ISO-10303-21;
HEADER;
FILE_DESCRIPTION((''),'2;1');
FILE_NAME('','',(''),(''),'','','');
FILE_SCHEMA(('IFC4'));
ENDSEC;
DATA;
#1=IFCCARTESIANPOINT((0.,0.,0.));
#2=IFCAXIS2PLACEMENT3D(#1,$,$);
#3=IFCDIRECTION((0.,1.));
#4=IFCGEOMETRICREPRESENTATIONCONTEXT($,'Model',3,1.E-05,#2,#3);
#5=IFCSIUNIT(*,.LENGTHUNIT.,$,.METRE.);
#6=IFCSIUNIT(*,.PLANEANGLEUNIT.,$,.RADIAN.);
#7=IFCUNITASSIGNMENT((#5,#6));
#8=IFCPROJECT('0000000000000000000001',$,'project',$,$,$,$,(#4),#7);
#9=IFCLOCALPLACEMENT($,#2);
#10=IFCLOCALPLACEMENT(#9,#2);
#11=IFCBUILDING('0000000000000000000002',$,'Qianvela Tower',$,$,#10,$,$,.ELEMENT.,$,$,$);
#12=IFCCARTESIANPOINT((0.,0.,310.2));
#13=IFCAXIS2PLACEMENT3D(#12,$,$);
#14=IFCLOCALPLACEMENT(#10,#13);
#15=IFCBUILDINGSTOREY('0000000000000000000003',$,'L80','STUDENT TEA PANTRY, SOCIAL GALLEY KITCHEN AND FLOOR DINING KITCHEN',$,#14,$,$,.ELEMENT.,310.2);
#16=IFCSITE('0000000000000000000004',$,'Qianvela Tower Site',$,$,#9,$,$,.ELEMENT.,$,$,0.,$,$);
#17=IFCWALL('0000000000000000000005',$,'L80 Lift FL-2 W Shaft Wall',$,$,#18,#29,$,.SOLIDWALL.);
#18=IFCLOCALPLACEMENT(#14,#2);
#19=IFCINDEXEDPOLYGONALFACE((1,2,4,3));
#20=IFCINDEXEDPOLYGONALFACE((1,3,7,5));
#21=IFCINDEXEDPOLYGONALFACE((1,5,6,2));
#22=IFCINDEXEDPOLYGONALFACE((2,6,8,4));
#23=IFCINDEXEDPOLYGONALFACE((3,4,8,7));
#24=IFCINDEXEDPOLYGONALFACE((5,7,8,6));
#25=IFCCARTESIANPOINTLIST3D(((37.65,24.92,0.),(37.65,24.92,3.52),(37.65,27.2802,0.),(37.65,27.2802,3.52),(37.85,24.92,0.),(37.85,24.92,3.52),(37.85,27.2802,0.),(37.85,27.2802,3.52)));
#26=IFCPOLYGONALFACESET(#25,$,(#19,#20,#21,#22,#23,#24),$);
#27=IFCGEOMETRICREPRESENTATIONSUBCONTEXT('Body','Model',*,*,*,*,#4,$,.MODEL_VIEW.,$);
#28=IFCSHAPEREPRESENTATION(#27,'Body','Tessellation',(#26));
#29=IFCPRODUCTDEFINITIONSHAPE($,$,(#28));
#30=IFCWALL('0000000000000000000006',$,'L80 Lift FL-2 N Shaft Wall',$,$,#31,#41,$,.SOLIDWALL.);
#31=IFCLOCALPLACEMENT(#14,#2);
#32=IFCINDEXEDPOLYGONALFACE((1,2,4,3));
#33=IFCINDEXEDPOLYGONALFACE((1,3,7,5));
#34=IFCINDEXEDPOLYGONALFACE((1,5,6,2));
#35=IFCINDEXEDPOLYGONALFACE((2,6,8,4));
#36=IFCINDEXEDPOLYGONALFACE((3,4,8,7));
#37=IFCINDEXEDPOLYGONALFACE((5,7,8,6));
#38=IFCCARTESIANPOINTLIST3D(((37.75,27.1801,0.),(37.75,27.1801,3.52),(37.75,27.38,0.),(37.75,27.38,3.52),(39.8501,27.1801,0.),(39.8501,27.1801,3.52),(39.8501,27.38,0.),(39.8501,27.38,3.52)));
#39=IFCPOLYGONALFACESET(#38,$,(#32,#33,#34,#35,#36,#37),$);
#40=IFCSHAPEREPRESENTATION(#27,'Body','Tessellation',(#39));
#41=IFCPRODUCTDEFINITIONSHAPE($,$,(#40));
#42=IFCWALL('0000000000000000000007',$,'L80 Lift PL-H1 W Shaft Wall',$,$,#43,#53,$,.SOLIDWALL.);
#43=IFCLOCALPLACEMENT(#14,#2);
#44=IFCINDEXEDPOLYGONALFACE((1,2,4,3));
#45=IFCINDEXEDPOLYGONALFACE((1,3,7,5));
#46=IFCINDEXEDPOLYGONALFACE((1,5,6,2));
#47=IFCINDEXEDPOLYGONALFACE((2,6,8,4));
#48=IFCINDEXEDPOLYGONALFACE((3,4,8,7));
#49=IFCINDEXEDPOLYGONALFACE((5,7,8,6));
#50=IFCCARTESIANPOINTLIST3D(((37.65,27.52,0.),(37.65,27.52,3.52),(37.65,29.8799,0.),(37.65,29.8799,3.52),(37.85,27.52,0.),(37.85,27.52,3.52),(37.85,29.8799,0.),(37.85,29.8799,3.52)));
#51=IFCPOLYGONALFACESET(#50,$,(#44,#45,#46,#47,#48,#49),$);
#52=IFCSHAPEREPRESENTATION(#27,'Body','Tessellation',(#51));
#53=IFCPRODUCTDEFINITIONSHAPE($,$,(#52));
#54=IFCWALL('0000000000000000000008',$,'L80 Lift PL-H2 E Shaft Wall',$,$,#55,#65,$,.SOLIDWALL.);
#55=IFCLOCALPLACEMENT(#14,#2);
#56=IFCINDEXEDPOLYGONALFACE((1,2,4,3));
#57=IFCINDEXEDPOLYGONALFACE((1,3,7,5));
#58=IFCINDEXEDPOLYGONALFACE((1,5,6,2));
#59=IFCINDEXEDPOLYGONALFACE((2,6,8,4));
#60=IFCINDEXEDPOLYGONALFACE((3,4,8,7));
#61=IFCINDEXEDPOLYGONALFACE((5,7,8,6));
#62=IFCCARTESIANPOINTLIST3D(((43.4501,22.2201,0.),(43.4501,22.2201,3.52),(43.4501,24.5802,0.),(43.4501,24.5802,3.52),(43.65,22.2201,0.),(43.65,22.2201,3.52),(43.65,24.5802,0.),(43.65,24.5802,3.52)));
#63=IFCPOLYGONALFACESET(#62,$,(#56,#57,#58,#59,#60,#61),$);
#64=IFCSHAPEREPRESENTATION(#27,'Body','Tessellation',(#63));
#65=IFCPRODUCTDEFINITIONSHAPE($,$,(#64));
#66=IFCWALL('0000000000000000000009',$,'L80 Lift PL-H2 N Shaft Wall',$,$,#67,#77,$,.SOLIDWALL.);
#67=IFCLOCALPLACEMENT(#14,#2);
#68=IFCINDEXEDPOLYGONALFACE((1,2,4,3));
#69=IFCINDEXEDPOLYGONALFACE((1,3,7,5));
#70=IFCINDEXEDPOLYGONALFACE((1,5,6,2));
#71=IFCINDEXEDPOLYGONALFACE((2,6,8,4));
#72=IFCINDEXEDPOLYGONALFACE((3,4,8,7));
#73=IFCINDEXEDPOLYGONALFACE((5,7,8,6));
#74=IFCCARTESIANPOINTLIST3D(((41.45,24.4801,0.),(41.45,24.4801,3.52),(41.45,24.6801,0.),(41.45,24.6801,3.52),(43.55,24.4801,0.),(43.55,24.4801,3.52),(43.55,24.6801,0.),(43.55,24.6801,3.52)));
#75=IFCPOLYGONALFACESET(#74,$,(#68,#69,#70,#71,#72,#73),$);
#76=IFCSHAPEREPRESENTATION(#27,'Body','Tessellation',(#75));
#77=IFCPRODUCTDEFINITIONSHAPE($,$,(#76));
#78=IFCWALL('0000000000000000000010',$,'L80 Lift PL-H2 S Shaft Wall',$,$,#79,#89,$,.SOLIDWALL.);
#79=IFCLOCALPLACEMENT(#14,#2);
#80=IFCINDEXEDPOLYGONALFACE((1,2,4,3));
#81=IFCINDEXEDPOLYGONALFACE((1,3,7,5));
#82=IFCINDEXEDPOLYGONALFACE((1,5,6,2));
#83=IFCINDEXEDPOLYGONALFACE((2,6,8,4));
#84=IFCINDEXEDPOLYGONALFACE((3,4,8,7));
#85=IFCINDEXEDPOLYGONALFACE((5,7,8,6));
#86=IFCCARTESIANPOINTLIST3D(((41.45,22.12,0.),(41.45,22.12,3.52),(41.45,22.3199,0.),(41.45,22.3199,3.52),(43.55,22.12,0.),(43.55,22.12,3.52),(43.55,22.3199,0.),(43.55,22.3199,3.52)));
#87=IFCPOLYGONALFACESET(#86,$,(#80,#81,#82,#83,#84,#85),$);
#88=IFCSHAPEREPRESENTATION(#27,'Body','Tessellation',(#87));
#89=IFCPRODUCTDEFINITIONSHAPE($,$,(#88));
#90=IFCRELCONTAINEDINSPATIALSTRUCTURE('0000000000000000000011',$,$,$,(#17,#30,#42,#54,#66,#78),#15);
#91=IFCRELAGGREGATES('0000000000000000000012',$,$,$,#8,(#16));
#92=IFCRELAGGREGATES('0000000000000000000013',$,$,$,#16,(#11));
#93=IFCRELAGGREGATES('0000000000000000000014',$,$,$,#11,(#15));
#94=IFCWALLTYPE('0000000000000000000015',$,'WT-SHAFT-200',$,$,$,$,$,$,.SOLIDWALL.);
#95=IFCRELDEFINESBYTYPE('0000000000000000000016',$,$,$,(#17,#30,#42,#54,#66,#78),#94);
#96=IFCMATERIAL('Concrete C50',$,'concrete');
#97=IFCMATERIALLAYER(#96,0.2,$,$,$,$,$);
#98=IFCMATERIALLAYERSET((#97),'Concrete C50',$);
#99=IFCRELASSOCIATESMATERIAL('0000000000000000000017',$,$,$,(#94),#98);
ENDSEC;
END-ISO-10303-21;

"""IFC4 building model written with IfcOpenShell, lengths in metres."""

from ifc_helpers import new_model, si_unit, direction, frame, frame_2d, origin, place, context, subcontext, project, spatial, rectangle, extrude, material, layer, layer_set, type_object, element, save


model = new_model("IFC4")

# Units and contexts
model_context = context("Model", 3, precision=1e-05, world=origin(), true_north=direction((0.0, 1.0)))
body_context = subcontext(model_context, "Body", "Model", "MODEL_VIEW")
ifc_project = project(units=[si_unit("LENGTHUNIT", "METRE"), si_unit("PLANEANGLEUNIT", "RADIAN")], contexts=[model_context])

# Site, building, storey
site_placement = place(None, origin())
site = spatial("IfcSite", under=ifc_project, at=site_placement, Name="Qianvela Tower Site", CompositionType="ELEMENT", RefElevation=0.0)
building_placement = place(site_placement, origin())
building = spatial("IfcBuilding", under=site, at=building_placement, Name="Qianvela Tower", CompositionType="ELEMENT")
storey_placement = place(building_placement, frame((0.0, 0.0, 310.2)))
storey = spatial("IfcBuildingStorey", under=building, at=storey_placement, Name="L80", Description="STUDENT TEA PANTRY, SOCIAL GALLEY KITCHEN AND FLOOR DINING KITCHEN", CompositionType="ELEMENT", Elevation=310.2)

# Shared definitions
ifc_material_1 = material(Name="Concrete C50", Category="concrete")
ifc_layer_1 = layer(ifc_material_1, 0.2)
ifc_layer_set_1 = layer_set([ifc_layer_1], Name="Concrete C50")
wall_type_1 = type_object("IfcWallType", Name="WT-SHAFT-200", PredefinedType="SOLIDWALL", material=ifc_layer_set_1)

# Walls
wall_1_placement = place(storey_placement, frame((37.75, 24.9199, 0.0), z_axis=(0.0, 0.0, 1.0), x_axis=(0.0, 1.0, 0.0)))
element("IfcWall", 1, at=wall_1_placement, inside=storey, type_object=wall_type_1, Name="L80 Lift FL-2 W Shaft Wall", PredefinedType="SOLIDWALL", context=body_context, shape_type="SweptSolid", body=[
    extrude(rectangle(XDim=2.3601, YDim=0.2, at=frame_2d((1.1802, 0.0))), origin(), (0.0, 0.0, 1.0), 3.52),
])
wall_2_placement = place(storey_placement, frame((37.75, 27.28, 0.0), z_axis=(0.0, 0.0, 1.0), x_axis=(1.0, 0.0, 0.0)))
element("IfcWall", 2, at=wall_2_placement, inside=storey, type_object=wall_type_1, Name="L80 Lift FL-2 N Shaft Wall", PredefinedType="SOLIDWALL", context=body_context, shape_type="SweptSolid", body=[
    extrude(rectangle(XDim=2.1001, YDim=0.2, at=frame_2d((1.05, 0.0))), origin(), (0.0, 0.0, 1.0), 3.52),
])
wall_3_placement = place(storey_placement, frame((37.75, 27.52, 0.0), z_axis=(0.0, 0.0, 1.0), x_axis=(0.0, 1.0, 0.0)))
element("IfcWall", 3, at=wall_3_placement, inside=storey, type_object=wall_type_1, Name="L80 Lift PL-H1 W Shaft Wall", PredefinedType="SOLIDWALL", context=body_context, shape_type="SweptSolid", body=[
    extrude(rectangle(XDim=2.3599, YDim=0.2, at=frame_2d((1.1799, 0.0))), origin(), (0.0, 0.0, 1.0), 3.52),
])
wall_4_placement = place(storey_placement, frame((43.55, 22.22, 0.0), z_axis=(0.0, 0.0, 1.0), x_axis=(0.0, 1.0, 0.0)))
element("IfcWall", 4, at=wall_4_placement, inside=storey, type_object=wall_type_1, Name="L80 Lift PL-H2 E Shaft Wall", PredefinedType="SOLIDWALL", context=body_context, shape_type="SweptSolid", body=[
    extrude(rectangle(XDim=2.3601, YDim=0.2, at=frame_2d((1.1802, 0.0))), origin(), (0.0, 0.0, 1.0), 3.52),
])

# Walls
for number, where, z_axis, x_axis, name in (
    (5, (41.45, 24.5801, 0.0), (0.0, 0.0, 1.0), (1.0, 0.0, 0.0), "L80 Lift PL-H2 N Shaft Wall"),
    (6, (41.45, 22.22, 0.0), (0.0, 0.0, 1.0), (1.0, 0.0, 0.0), "L80 Lift PL-H2 S Shaft Wall"),
):
    element("IfcWall", number, at=place(storey_placement, frame(where, z_axis=z_axis, x_axis=x_axis)), inside=storey, type_object=wall_type_1, Name=name, PredefinedType="SOLIDWALL", context=body_context, shape_type="SweptSolid", body=[
        extrude(rectangle(XDim=2.1001, YDim=0.2, at=frame_2d((1.05, 0.0))), origin(), (0.0, 0.0, 1.0), 3.52),
    ])

save(model, "model.ifc")
